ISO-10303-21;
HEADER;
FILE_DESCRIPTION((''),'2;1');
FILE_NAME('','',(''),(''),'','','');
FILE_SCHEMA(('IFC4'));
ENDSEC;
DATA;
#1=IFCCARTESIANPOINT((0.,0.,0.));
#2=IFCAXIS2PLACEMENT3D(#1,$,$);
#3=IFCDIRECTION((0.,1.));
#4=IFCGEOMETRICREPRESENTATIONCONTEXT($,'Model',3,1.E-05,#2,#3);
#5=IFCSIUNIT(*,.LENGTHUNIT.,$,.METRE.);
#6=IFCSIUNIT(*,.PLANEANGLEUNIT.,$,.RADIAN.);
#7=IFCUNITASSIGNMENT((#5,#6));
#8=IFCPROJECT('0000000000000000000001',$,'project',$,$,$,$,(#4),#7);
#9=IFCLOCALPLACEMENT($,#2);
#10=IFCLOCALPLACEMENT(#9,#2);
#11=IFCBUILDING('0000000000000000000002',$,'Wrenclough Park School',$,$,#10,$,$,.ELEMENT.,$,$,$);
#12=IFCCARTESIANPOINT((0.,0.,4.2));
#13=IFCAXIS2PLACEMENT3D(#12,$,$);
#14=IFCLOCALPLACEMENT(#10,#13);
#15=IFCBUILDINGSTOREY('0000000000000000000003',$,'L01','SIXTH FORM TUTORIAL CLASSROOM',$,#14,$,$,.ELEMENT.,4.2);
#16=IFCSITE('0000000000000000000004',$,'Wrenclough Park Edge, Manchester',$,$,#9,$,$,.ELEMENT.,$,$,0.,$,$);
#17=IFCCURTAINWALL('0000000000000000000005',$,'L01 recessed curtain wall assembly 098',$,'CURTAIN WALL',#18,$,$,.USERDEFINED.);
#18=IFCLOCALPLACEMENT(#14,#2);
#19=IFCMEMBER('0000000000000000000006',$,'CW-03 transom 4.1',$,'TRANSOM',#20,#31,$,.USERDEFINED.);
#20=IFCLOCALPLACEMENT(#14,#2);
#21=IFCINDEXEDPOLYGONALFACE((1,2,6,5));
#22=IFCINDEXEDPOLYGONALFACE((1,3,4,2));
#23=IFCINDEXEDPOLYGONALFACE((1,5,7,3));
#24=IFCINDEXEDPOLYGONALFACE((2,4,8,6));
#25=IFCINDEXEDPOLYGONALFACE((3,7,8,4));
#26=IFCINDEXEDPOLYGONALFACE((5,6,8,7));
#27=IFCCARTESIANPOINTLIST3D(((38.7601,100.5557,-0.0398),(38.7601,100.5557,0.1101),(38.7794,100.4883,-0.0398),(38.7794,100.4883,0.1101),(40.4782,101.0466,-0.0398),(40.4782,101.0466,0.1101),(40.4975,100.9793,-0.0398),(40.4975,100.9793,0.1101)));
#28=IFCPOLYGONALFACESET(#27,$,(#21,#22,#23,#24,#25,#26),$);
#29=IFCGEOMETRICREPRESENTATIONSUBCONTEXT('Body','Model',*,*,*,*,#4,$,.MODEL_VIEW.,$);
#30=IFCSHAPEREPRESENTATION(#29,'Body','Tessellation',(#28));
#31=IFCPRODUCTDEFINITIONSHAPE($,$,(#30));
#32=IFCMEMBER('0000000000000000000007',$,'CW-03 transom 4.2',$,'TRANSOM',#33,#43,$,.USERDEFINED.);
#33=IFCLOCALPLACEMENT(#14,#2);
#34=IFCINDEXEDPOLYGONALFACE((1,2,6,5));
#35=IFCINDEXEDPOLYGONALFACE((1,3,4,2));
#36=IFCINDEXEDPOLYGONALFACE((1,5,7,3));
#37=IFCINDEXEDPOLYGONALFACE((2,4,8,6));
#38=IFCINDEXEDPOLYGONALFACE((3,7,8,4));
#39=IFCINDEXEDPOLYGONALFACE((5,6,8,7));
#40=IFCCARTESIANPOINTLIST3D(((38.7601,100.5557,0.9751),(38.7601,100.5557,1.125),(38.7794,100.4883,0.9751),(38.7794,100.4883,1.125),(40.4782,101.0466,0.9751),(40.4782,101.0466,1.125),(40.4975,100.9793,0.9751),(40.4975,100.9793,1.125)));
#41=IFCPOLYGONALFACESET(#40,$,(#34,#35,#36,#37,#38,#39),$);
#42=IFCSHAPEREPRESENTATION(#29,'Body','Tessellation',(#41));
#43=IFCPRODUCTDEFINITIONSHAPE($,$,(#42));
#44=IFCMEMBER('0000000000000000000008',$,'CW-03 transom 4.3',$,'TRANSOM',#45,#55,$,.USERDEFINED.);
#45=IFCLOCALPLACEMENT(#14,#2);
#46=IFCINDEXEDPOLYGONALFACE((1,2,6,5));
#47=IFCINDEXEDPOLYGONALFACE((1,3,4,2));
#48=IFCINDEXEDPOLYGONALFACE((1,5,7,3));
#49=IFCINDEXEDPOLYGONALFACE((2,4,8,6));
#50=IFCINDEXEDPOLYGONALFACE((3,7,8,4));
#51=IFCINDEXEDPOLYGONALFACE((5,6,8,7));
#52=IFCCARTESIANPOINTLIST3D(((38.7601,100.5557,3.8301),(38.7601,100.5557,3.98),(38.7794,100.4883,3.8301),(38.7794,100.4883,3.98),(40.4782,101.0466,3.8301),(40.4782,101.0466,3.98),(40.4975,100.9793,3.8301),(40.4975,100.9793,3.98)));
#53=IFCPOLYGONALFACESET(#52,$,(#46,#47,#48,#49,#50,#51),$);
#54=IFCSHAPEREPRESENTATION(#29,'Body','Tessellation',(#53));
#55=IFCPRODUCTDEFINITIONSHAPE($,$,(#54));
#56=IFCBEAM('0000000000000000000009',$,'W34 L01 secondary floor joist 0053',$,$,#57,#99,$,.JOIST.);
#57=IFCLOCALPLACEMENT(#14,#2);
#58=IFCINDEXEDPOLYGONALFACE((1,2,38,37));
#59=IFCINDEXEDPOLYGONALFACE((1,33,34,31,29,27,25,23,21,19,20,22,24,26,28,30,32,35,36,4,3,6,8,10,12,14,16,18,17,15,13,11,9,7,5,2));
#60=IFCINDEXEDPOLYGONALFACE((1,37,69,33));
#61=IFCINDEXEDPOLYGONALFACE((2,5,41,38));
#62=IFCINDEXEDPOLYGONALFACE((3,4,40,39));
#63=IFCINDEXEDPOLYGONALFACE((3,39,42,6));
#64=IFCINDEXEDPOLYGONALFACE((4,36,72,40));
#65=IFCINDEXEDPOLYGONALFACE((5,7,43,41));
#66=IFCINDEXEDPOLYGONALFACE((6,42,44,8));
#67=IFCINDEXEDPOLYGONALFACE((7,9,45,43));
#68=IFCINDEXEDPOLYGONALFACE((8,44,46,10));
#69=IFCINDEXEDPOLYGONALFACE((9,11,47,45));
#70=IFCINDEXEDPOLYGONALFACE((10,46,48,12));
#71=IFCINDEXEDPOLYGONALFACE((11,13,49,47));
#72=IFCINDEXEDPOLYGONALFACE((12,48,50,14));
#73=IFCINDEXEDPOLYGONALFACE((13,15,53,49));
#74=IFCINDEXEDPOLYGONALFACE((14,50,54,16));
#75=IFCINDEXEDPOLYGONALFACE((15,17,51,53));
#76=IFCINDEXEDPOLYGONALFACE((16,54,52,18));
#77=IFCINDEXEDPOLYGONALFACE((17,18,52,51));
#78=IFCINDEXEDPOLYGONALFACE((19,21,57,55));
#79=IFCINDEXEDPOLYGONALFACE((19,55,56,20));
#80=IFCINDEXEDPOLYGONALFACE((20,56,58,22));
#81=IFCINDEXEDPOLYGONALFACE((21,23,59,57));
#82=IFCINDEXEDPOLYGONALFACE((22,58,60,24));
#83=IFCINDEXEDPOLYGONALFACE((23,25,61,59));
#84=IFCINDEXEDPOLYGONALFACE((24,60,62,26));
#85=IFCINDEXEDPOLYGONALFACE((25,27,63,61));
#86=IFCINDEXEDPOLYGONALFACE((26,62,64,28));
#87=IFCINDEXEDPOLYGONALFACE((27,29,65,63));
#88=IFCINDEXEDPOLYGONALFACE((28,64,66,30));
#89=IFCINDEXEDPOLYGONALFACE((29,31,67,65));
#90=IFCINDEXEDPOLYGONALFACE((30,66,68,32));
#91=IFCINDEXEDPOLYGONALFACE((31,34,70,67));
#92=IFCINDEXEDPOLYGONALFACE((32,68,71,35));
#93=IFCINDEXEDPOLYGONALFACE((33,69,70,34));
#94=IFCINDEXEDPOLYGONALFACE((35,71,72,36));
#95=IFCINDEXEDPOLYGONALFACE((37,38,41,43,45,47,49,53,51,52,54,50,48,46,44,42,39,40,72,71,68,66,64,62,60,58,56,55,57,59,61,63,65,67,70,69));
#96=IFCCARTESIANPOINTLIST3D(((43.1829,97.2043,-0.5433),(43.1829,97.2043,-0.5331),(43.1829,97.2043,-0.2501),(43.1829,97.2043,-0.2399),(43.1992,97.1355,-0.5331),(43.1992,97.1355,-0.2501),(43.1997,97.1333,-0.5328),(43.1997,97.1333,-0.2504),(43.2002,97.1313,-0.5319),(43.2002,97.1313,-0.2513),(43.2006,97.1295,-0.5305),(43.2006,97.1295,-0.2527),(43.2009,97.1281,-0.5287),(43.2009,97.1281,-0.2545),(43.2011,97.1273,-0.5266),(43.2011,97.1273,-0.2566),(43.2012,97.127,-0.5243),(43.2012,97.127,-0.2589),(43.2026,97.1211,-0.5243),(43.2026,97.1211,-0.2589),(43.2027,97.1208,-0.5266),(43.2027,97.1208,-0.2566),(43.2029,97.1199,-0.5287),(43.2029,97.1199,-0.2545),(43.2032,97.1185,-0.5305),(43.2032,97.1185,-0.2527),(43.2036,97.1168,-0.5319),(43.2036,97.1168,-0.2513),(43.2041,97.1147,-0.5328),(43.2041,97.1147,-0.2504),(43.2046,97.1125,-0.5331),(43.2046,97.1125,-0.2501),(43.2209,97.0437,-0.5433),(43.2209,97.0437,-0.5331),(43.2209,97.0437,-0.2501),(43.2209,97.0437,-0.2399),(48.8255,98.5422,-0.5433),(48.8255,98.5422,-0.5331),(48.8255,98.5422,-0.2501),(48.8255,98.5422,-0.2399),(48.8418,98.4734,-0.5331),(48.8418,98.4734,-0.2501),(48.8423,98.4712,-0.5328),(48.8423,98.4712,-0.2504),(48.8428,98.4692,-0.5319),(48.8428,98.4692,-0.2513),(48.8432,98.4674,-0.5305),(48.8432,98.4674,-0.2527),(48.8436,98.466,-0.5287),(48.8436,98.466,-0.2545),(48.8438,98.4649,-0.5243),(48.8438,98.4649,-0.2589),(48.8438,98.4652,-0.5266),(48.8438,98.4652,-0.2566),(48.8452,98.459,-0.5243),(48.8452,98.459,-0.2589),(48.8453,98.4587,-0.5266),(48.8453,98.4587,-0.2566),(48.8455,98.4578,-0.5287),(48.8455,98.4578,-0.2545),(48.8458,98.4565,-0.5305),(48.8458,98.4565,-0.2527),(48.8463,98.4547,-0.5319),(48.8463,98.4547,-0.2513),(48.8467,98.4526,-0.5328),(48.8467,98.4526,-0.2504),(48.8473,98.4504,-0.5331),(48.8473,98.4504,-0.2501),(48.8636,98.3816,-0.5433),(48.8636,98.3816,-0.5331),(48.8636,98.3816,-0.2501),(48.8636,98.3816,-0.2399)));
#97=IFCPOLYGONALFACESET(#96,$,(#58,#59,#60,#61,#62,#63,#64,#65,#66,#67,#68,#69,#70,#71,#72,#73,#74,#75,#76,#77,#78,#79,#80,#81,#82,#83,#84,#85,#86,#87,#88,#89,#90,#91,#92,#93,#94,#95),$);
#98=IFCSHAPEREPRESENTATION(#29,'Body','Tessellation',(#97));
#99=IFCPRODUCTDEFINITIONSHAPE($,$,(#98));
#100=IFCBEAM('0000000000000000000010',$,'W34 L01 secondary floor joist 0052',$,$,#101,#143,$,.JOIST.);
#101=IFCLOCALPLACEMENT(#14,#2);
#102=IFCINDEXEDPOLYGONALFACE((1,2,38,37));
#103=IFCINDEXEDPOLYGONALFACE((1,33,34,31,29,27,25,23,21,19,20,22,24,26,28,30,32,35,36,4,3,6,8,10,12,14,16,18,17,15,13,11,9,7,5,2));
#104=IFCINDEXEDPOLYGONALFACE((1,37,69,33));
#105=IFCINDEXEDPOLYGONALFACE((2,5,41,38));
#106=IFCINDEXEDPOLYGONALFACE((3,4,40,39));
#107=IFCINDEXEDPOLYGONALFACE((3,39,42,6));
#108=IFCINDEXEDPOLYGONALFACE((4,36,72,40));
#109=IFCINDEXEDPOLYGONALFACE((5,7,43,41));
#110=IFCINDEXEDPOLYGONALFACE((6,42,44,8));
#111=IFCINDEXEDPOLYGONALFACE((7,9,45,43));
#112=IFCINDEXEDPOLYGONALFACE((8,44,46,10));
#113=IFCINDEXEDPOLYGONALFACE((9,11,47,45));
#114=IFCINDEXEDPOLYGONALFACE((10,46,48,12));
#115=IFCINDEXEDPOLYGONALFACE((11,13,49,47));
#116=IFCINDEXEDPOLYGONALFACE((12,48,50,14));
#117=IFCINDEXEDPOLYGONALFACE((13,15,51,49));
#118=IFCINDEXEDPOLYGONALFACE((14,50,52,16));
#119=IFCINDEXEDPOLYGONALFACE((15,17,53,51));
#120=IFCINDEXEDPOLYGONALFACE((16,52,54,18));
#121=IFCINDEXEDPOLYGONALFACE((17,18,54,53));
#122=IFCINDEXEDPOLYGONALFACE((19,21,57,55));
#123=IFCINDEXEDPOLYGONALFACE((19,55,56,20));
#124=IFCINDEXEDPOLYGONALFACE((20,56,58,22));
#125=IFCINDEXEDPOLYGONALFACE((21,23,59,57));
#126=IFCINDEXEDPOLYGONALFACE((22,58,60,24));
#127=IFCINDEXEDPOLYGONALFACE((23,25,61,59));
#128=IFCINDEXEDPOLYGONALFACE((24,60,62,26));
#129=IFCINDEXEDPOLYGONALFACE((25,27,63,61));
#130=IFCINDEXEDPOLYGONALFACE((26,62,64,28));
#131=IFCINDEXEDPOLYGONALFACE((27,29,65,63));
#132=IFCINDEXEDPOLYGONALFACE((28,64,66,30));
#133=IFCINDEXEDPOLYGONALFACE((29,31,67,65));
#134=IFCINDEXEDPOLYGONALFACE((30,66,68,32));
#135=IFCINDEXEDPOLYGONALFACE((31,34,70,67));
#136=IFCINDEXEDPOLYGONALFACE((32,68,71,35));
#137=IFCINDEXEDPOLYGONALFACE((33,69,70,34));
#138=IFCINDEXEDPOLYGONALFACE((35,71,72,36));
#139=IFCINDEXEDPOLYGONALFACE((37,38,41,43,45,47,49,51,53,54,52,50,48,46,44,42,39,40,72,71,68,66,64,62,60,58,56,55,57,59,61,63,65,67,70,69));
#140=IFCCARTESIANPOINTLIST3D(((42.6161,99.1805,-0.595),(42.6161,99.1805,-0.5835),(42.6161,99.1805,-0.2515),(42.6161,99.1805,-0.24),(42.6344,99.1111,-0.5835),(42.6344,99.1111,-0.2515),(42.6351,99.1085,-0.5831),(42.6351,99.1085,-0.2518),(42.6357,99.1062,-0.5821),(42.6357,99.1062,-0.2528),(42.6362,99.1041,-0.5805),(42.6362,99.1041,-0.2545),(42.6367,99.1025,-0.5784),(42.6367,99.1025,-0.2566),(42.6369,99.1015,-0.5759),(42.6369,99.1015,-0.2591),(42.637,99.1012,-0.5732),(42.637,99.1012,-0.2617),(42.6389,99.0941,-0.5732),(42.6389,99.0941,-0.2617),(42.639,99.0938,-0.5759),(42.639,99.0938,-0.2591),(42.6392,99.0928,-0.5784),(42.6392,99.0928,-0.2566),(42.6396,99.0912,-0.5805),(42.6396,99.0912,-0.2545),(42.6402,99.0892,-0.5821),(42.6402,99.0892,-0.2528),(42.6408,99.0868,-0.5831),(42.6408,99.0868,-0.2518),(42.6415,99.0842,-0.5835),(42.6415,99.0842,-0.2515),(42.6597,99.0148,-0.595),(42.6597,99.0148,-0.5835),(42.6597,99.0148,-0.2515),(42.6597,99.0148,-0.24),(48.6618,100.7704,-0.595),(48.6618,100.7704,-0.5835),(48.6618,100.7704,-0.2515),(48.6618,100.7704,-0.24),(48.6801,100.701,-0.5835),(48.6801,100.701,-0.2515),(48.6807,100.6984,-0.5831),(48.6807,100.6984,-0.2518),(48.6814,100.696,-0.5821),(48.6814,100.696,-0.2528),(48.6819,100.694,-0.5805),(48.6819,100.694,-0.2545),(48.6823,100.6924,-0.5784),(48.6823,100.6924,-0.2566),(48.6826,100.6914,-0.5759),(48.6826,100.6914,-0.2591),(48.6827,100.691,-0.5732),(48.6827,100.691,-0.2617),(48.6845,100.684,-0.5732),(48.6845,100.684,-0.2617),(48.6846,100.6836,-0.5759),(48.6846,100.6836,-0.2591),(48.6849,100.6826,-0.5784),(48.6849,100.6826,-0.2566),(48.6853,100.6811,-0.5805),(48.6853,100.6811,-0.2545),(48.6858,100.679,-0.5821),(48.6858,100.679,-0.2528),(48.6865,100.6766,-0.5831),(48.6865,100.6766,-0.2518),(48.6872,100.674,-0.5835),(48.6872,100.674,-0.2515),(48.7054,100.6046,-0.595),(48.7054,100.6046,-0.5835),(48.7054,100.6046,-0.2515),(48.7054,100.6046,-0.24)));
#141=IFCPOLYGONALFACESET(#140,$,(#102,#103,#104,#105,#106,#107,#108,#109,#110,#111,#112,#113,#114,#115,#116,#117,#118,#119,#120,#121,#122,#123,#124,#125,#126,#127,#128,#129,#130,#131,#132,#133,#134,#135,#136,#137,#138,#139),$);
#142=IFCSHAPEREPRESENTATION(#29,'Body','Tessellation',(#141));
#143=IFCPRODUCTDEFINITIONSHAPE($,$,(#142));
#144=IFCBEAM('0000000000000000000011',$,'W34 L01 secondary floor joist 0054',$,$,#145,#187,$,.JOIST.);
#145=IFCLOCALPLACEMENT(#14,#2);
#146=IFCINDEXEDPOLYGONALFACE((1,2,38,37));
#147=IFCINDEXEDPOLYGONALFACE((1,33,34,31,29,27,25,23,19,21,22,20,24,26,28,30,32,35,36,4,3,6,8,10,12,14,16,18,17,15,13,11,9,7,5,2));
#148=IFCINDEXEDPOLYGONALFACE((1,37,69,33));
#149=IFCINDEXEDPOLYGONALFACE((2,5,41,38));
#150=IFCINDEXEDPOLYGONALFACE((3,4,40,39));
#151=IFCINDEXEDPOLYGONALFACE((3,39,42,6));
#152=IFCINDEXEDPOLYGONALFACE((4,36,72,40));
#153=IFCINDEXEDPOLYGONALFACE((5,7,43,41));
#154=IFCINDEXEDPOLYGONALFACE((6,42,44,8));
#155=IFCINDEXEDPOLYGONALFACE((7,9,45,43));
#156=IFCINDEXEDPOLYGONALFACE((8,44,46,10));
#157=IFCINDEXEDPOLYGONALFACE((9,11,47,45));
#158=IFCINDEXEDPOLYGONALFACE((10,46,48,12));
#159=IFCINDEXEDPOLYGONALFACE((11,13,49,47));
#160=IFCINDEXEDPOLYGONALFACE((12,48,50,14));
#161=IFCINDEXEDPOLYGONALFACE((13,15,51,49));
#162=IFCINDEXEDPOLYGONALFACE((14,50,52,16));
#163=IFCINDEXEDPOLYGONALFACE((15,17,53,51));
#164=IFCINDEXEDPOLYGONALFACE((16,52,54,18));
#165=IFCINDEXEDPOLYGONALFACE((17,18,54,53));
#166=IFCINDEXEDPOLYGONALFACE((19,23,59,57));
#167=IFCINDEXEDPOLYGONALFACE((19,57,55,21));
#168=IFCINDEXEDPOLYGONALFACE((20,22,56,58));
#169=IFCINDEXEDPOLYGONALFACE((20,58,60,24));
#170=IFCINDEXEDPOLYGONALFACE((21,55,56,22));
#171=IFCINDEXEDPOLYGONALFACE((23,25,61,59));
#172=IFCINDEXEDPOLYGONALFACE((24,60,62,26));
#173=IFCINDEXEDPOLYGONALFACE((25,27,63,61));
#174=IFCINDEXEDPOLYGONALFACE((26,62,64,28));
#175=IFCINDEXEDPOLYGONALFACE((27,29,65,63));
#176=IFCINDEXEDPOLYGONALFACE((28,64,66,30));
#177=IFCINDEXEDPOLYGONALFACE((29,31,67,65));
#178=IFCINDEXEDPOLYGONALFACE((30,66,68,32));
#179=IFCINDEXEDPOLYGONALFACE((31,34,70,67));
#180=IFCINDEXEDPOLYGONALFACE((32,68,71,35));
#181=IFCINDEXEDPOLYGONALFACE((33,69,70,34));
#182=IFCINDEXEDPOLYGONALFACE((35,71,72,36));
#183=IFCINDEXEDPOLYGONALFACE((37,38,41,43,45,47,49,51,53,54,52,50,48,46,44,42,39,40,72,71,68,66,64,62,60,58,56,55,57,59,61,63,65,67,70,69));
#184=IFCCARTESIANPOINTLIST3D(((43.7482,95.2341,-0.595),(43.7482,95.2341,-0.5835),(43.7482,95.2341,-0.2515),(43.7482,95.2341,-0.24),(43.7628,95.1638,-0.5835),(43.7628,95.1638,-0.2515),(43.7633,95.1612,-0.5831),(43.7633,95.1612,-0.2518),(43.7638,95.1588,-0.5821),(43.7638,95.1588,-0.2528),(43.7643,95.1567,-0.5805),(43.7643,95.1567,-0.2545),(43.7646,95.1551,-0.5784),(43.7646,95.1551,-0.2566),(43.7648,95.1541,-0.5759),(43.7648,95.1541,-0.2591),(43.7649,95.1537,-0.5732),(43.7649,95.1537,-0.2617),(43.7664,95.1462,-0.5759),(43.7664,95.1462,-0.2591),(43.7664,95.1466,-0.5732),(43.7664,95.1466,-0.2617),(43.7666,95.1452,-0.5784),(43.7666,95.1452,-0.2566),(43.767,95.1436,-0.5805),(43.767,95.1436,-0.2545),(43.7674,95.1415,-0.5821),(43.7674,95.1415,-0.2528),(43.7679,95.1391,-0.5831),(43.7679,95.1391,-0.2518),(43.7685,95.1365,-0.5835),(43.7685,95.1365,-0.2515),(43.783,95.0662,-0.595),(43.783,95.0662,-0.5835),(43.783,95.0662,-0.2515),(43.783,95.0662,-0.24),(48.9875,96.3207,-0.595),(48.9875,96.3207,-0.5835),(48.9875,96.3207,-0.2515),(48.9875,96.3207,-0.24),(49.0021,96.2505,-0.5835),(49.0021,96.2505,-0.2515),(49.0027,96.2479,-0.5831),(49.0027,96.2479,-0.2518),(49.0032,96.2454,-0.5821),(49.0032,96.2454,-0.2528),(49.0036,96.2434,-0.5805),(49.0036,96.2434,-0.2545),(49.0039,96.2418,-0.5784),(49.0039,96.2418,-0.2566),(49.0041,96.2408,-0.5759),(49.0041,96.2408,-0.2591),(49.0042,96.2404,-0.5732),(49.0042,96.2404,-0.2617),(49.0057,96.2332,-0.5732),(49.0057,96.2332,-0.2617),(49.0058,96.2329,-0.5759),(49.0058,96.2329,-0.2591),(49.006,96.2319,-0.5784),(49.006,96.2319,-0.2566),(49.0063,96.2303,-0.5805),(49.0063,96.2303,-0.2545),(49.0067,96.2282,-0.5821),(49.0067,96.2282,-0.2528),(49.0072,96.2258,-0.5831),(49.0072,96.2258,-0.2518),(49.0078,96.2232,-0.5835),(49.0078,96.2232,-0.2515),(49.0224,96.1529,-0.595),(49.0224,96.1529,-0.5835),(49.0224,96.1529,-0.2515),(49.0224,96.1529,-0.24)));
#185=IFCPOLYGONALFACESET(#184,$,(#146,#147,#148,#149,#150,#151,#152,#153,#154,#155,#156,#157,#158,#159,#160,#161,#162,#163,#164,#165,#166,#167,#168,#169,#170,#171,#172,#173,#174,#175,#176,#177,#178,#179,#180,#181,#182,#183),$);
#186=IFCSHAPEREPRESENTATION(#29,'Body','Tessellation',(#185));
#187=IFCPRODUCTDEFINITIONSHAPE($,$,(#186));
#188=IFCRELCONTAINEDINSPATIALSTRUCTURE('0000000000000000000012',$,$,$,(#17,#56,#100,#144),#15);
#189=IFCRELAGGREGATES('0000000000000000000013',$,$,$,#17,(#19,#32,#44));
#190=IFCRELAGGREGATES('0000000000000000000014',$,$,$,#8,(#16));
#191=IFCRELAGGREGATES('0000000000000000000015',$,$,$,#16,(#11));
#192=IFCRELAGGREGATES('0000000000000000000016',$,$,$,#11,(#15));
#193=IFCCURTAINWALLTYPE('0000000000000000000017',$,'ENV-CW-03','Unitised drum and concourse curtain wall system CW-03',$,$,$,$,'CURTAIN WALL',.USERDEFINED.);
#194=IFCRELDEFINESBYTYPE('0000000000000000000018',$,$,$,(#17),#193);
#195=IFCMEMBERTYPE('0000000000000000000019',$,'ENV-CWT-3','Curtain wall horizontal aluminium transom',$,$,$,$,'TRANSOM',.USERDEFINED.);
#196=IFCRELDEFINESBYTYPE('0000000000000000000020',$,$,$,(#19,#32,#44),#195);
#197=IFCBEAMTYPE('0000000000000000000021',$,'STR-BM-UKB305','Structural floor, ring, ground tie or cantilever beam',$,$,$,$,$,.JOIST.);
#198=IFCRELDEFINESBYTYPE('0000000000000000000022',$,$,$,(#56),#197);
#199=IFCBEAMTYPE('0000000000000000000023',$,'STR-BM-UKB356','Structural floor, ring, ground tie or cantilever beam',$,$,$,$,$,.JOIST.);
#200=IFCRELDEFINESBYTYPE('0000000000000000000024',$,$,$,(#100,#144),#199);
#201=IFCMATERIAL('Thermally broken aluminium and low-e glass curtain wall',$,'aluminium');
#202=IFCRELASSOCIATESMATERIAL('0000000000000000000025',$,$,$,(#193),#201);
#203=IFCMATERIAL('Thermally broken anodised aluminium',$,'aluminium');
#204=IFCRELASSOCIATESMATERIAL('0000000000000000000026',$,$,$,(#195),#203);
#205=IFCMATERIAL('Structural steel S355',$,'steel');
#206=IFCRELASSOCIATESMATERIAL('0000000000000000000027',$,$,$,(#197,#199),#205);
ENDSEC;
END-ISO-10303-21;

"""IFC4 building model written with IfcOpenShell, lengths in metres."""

from ifc_helpers import new_model, si_unit, direction, frame, origin, origin_2d, place, context, subcontext, project, spatial, rectangle, i_section, extrude, material, material_profile, profile_set, type_object, element, aggregate, save


model = new_model("IFC4")

# Units and contexts
model_context = context("Model", 3, precision=1e-05, world=origin(), true_north=direction((0.0, 1.0)))
body_context = subcontext(model_context, "Body", "Model", "MODEL_VIEW")
ifc_project = project(units=[si_unit("LENGTHUNIT", "METRE"), si_unit("PLANEANGLEUNIT", "RADIAN")], contexts=[model_context])

# Site, building, storey
site_placement = place(None, origin())
site = spatial("IfcSite", under=ifc_project, at=site_placement, Name="Wrenclough Park Edge, Manchester", CompositionType="ELEMENT", RefElevation=0.0)
building_placement = place(site_placement, origin())
building = spatial("IfcBuilding", under=site, at=building_placement, Name="Wrenclough Park School", CompositionType="ELEMENT")
storey_placement = place(building_placement, frame((0.0, 0.0, 4.2)))
storey = spatial("IfcBuildingStorey", under=building, at=storey_placement, Name="L01", Description="SIXTH FORM TUTORIAL CLASSROOM", CompositionType="ELEMENT", Elevation=4.2)

# Shared definitions
ifc_material_1 = material(Name="Structural steel S355", Category="steel")

# Curtain wall
ifc_material_2 = material(Name="Thermally broken aluminium and low-e glass curtain wall", Category="aluminium")
ifc_material_3 = material(Name="Thermally broken anodised aluminium", Category="aluminium")
curtain_wall_type_1 = type_object("IfcCurtainWallType", Name="ENV-CW-03", Description="Unitised drum and concourse curtain wall system CW-03", ElementType="CURTAIN WALL", PredefinedType="USERDEFINED", material=ifc_material_2)
curtain_wall_1_placement = place(storey_placement, origin())
curtain_wall_1 = element("IfcCurtainWall", 1, at=curtain_wall_1_placement, inside=storey, type_object=curtain_wall_type_1, Name="L01 recessed curtain wall assembly 098", ObjectType="CURTAIN WALL", PredefinedType="USERDEFINED")

# Members
ifc_material_profile_1 = material_profile(ifc_material_3, rectangle(XDim=0.0701, YDim=0.1499, at=origin_2d()), Name="AL TRANSOM 70x150")
ifc_profile_set_1 = profile_set([ifc_material_profile_1], Name="Thermally broken anodised aluminium")
member_type_1 = type_object("IfcMemberType", Name="ENV-CWT-3", Description="Curtain wall horizontal aluminium transom", ElementType="TRANSOM", PredefinedType="USERDEFINED", material=ifc_profile_set_1)
member_1_placement = place(storey_placement, frame((38.7698, 100.522, 0.0352), z_axis=(0.961508, 0.274775, 0.0), x_axis=(-0.274775, 0.961508, 0.0)))
member_1 = element("IfcMember", 2, at=member_1_placement, type_object=member_type_1, Name="CW-03 transom 4.1", ObjectType="TRANSOM", PredefinedType="USERDEFINED", context=body_context, shape_type="SweptSolid", body=[
    extrude(rectangle(XDim=0.0701, YDim=0.1499, at=origin_2d()), origin(), (0.0, 0.0, 1.0), 1.7869),
])
member_2_placement = place(storey_placement, frame((38.7698, 100.522, 1.05), z_axis=(0.961508, 0.274775, 0.0), x_axis=(-0.274775, 0.961508, 0.0)))
member_2 = element("IfcMember", 3, at=member_2_placement, type_object=member_type_1, Name="CW-03 transom 4.2", ObjectType="TRANSOM", PredefinedType="USERDEFINED", context=body_context, shape_type="SweptSolid", body=[
    extrude(rectangle(XDim=0.0701, YDim=0.1499, at=origin_2d()), origin(), (0.0, 0.0, 1.0), 1.7869),
])
member_3_placement = place(storey_placement, frame((38.7698, 100.522, 3.905), z_axis=(0.961508, 0.274775, 0.0), x_axis=(-0.274775, 0.961508, 0.0)))
member_3 = element("IfcMember", 4, at=member_3_placement, type_object=member_type_1, Name="CW-03 transom 4.3", ObjectType="TRANSOM", PredefinedType="USERDEFINED", context=body_context, shape_type="SweptSolid", body=[
    extrude(rectangle(XDim=0.0701, YDim=0.1499, at=origin_2d()), origin(), (0.0, 0.0, 1.0), 1.7869),
])

# Beams
ifc_material_profile_2 = material_profile(ifc_material_1, i_section(OverallWidth=0.165, OverallDepth=0.3035, WebThickness=0.0061, FlangeThickness=0.0103, FilletRadius=0.0088, at=origin_2d()), Name="UKB 305x165x40")
ifc_profile_set_2 = profile_set([ifc_material_profile_2], Name="Structural steel S355")
beam_type_1 = type_object("IfcBeamType", Name="STR-BM-UKB305", Description="Structural floor, ring, ground tie or cantilever beam", PredefinedType="JOIST", material=ifc_profile_set_2)
beam_1_placement = place(storey_placement, frame((43.2019, 97.124, -0.3916), z_axis=(0.973023, 0.23071, 0.0), x_axis=(-0.23071, 0.973023, 0.0)))
element("IfcBeam", 5, at=beam_1_placement, inside=storey, type_object=beam_type_1, Name="W34 L01 secondary floor joist 0053", PredefinedType="JOIST", context=body_context, shape_type="SweptSolid", body=[
    extrude(i_section(OverallWidth=0.165, OverallDepth=0.3035, WebThickness=0.0061, FlangeThickness=0.0103, FilletRadius=0.0088, at=origin_2d()), origin(), (0.0, 0.0, 1.0), 5.7991),
])
ifc_material_profile_3 = material_profile(ifc_material_1, i_section(OverallWidth=0.1714, OverallDepth=0.355, WebThickness=0.0073, FlangeThickness=0.0115, FilletRadius=0.0103, at=origin_2d()), Name="UKB 356x171x51")
ifc_profile_set_3 = profile_set([ifc_material_profile_3], Name="Structural steel S355")
beam_type_2 = type_object("IfcBeamType", Name="STR-BM-UKB356", Description="Structural floor, ring, ground tie or cantilever beam", PredefinedType="JOIST", material=ifc_profile_set_3)
beam_2_placement = place(storey_placement, frame((42.6379, 99.0977, -0.4175), z_axis=(0.967119, 0.254326, 0.0), x_axis=(-0.254326, 0.967119, 0.0)))
element("IfcBeam", 6, at=beam_2_placement, inside=storey, type_object=beam_type_2, Name="W34 L01 secondary floor joist 0052", PredefinedType="JOIST", context=body_context, shape_type="SweptSolid", body=[
    extrude(i_section(OverallWidth=0.1714, OverallDepth=0.355, WebThickness=0.0073, FlangeThickness=0.0115, FilletRadius=0.0103, at=origin_2d()), origin(), (0.0, 0.0, 1.0), 6.2512),
])
beam_3_placement = place(storey_placement, frame((43.7656, 95.1501, -0.4175), z_axis=(0.979161, 0.203087, 0.0), x_axis=(-0.203087, 0.979161, 0.0)))
element("IfcBeam", 7, at=beam_3_placement, inside=storey, type_object=beam_type_2, Name="W34 L01 secondary floor joist 0054", PredefinedType="JOIST", context=body_context, shape_type="SweptSolid", body=[
    extrude(i_section(OverallWidth=0.1714, OverallDepth=0.355, WebThickness=0.0073, FlangeThickness=0.0115, FilletRadius=0.0103, at=origin_2d()), origin(), (0.0, 0.0, 1.0), 5.3508),
])

aggregate(curtain_wall_1, [member_1, member_2, member_3])

save(model, "model.ifc")
